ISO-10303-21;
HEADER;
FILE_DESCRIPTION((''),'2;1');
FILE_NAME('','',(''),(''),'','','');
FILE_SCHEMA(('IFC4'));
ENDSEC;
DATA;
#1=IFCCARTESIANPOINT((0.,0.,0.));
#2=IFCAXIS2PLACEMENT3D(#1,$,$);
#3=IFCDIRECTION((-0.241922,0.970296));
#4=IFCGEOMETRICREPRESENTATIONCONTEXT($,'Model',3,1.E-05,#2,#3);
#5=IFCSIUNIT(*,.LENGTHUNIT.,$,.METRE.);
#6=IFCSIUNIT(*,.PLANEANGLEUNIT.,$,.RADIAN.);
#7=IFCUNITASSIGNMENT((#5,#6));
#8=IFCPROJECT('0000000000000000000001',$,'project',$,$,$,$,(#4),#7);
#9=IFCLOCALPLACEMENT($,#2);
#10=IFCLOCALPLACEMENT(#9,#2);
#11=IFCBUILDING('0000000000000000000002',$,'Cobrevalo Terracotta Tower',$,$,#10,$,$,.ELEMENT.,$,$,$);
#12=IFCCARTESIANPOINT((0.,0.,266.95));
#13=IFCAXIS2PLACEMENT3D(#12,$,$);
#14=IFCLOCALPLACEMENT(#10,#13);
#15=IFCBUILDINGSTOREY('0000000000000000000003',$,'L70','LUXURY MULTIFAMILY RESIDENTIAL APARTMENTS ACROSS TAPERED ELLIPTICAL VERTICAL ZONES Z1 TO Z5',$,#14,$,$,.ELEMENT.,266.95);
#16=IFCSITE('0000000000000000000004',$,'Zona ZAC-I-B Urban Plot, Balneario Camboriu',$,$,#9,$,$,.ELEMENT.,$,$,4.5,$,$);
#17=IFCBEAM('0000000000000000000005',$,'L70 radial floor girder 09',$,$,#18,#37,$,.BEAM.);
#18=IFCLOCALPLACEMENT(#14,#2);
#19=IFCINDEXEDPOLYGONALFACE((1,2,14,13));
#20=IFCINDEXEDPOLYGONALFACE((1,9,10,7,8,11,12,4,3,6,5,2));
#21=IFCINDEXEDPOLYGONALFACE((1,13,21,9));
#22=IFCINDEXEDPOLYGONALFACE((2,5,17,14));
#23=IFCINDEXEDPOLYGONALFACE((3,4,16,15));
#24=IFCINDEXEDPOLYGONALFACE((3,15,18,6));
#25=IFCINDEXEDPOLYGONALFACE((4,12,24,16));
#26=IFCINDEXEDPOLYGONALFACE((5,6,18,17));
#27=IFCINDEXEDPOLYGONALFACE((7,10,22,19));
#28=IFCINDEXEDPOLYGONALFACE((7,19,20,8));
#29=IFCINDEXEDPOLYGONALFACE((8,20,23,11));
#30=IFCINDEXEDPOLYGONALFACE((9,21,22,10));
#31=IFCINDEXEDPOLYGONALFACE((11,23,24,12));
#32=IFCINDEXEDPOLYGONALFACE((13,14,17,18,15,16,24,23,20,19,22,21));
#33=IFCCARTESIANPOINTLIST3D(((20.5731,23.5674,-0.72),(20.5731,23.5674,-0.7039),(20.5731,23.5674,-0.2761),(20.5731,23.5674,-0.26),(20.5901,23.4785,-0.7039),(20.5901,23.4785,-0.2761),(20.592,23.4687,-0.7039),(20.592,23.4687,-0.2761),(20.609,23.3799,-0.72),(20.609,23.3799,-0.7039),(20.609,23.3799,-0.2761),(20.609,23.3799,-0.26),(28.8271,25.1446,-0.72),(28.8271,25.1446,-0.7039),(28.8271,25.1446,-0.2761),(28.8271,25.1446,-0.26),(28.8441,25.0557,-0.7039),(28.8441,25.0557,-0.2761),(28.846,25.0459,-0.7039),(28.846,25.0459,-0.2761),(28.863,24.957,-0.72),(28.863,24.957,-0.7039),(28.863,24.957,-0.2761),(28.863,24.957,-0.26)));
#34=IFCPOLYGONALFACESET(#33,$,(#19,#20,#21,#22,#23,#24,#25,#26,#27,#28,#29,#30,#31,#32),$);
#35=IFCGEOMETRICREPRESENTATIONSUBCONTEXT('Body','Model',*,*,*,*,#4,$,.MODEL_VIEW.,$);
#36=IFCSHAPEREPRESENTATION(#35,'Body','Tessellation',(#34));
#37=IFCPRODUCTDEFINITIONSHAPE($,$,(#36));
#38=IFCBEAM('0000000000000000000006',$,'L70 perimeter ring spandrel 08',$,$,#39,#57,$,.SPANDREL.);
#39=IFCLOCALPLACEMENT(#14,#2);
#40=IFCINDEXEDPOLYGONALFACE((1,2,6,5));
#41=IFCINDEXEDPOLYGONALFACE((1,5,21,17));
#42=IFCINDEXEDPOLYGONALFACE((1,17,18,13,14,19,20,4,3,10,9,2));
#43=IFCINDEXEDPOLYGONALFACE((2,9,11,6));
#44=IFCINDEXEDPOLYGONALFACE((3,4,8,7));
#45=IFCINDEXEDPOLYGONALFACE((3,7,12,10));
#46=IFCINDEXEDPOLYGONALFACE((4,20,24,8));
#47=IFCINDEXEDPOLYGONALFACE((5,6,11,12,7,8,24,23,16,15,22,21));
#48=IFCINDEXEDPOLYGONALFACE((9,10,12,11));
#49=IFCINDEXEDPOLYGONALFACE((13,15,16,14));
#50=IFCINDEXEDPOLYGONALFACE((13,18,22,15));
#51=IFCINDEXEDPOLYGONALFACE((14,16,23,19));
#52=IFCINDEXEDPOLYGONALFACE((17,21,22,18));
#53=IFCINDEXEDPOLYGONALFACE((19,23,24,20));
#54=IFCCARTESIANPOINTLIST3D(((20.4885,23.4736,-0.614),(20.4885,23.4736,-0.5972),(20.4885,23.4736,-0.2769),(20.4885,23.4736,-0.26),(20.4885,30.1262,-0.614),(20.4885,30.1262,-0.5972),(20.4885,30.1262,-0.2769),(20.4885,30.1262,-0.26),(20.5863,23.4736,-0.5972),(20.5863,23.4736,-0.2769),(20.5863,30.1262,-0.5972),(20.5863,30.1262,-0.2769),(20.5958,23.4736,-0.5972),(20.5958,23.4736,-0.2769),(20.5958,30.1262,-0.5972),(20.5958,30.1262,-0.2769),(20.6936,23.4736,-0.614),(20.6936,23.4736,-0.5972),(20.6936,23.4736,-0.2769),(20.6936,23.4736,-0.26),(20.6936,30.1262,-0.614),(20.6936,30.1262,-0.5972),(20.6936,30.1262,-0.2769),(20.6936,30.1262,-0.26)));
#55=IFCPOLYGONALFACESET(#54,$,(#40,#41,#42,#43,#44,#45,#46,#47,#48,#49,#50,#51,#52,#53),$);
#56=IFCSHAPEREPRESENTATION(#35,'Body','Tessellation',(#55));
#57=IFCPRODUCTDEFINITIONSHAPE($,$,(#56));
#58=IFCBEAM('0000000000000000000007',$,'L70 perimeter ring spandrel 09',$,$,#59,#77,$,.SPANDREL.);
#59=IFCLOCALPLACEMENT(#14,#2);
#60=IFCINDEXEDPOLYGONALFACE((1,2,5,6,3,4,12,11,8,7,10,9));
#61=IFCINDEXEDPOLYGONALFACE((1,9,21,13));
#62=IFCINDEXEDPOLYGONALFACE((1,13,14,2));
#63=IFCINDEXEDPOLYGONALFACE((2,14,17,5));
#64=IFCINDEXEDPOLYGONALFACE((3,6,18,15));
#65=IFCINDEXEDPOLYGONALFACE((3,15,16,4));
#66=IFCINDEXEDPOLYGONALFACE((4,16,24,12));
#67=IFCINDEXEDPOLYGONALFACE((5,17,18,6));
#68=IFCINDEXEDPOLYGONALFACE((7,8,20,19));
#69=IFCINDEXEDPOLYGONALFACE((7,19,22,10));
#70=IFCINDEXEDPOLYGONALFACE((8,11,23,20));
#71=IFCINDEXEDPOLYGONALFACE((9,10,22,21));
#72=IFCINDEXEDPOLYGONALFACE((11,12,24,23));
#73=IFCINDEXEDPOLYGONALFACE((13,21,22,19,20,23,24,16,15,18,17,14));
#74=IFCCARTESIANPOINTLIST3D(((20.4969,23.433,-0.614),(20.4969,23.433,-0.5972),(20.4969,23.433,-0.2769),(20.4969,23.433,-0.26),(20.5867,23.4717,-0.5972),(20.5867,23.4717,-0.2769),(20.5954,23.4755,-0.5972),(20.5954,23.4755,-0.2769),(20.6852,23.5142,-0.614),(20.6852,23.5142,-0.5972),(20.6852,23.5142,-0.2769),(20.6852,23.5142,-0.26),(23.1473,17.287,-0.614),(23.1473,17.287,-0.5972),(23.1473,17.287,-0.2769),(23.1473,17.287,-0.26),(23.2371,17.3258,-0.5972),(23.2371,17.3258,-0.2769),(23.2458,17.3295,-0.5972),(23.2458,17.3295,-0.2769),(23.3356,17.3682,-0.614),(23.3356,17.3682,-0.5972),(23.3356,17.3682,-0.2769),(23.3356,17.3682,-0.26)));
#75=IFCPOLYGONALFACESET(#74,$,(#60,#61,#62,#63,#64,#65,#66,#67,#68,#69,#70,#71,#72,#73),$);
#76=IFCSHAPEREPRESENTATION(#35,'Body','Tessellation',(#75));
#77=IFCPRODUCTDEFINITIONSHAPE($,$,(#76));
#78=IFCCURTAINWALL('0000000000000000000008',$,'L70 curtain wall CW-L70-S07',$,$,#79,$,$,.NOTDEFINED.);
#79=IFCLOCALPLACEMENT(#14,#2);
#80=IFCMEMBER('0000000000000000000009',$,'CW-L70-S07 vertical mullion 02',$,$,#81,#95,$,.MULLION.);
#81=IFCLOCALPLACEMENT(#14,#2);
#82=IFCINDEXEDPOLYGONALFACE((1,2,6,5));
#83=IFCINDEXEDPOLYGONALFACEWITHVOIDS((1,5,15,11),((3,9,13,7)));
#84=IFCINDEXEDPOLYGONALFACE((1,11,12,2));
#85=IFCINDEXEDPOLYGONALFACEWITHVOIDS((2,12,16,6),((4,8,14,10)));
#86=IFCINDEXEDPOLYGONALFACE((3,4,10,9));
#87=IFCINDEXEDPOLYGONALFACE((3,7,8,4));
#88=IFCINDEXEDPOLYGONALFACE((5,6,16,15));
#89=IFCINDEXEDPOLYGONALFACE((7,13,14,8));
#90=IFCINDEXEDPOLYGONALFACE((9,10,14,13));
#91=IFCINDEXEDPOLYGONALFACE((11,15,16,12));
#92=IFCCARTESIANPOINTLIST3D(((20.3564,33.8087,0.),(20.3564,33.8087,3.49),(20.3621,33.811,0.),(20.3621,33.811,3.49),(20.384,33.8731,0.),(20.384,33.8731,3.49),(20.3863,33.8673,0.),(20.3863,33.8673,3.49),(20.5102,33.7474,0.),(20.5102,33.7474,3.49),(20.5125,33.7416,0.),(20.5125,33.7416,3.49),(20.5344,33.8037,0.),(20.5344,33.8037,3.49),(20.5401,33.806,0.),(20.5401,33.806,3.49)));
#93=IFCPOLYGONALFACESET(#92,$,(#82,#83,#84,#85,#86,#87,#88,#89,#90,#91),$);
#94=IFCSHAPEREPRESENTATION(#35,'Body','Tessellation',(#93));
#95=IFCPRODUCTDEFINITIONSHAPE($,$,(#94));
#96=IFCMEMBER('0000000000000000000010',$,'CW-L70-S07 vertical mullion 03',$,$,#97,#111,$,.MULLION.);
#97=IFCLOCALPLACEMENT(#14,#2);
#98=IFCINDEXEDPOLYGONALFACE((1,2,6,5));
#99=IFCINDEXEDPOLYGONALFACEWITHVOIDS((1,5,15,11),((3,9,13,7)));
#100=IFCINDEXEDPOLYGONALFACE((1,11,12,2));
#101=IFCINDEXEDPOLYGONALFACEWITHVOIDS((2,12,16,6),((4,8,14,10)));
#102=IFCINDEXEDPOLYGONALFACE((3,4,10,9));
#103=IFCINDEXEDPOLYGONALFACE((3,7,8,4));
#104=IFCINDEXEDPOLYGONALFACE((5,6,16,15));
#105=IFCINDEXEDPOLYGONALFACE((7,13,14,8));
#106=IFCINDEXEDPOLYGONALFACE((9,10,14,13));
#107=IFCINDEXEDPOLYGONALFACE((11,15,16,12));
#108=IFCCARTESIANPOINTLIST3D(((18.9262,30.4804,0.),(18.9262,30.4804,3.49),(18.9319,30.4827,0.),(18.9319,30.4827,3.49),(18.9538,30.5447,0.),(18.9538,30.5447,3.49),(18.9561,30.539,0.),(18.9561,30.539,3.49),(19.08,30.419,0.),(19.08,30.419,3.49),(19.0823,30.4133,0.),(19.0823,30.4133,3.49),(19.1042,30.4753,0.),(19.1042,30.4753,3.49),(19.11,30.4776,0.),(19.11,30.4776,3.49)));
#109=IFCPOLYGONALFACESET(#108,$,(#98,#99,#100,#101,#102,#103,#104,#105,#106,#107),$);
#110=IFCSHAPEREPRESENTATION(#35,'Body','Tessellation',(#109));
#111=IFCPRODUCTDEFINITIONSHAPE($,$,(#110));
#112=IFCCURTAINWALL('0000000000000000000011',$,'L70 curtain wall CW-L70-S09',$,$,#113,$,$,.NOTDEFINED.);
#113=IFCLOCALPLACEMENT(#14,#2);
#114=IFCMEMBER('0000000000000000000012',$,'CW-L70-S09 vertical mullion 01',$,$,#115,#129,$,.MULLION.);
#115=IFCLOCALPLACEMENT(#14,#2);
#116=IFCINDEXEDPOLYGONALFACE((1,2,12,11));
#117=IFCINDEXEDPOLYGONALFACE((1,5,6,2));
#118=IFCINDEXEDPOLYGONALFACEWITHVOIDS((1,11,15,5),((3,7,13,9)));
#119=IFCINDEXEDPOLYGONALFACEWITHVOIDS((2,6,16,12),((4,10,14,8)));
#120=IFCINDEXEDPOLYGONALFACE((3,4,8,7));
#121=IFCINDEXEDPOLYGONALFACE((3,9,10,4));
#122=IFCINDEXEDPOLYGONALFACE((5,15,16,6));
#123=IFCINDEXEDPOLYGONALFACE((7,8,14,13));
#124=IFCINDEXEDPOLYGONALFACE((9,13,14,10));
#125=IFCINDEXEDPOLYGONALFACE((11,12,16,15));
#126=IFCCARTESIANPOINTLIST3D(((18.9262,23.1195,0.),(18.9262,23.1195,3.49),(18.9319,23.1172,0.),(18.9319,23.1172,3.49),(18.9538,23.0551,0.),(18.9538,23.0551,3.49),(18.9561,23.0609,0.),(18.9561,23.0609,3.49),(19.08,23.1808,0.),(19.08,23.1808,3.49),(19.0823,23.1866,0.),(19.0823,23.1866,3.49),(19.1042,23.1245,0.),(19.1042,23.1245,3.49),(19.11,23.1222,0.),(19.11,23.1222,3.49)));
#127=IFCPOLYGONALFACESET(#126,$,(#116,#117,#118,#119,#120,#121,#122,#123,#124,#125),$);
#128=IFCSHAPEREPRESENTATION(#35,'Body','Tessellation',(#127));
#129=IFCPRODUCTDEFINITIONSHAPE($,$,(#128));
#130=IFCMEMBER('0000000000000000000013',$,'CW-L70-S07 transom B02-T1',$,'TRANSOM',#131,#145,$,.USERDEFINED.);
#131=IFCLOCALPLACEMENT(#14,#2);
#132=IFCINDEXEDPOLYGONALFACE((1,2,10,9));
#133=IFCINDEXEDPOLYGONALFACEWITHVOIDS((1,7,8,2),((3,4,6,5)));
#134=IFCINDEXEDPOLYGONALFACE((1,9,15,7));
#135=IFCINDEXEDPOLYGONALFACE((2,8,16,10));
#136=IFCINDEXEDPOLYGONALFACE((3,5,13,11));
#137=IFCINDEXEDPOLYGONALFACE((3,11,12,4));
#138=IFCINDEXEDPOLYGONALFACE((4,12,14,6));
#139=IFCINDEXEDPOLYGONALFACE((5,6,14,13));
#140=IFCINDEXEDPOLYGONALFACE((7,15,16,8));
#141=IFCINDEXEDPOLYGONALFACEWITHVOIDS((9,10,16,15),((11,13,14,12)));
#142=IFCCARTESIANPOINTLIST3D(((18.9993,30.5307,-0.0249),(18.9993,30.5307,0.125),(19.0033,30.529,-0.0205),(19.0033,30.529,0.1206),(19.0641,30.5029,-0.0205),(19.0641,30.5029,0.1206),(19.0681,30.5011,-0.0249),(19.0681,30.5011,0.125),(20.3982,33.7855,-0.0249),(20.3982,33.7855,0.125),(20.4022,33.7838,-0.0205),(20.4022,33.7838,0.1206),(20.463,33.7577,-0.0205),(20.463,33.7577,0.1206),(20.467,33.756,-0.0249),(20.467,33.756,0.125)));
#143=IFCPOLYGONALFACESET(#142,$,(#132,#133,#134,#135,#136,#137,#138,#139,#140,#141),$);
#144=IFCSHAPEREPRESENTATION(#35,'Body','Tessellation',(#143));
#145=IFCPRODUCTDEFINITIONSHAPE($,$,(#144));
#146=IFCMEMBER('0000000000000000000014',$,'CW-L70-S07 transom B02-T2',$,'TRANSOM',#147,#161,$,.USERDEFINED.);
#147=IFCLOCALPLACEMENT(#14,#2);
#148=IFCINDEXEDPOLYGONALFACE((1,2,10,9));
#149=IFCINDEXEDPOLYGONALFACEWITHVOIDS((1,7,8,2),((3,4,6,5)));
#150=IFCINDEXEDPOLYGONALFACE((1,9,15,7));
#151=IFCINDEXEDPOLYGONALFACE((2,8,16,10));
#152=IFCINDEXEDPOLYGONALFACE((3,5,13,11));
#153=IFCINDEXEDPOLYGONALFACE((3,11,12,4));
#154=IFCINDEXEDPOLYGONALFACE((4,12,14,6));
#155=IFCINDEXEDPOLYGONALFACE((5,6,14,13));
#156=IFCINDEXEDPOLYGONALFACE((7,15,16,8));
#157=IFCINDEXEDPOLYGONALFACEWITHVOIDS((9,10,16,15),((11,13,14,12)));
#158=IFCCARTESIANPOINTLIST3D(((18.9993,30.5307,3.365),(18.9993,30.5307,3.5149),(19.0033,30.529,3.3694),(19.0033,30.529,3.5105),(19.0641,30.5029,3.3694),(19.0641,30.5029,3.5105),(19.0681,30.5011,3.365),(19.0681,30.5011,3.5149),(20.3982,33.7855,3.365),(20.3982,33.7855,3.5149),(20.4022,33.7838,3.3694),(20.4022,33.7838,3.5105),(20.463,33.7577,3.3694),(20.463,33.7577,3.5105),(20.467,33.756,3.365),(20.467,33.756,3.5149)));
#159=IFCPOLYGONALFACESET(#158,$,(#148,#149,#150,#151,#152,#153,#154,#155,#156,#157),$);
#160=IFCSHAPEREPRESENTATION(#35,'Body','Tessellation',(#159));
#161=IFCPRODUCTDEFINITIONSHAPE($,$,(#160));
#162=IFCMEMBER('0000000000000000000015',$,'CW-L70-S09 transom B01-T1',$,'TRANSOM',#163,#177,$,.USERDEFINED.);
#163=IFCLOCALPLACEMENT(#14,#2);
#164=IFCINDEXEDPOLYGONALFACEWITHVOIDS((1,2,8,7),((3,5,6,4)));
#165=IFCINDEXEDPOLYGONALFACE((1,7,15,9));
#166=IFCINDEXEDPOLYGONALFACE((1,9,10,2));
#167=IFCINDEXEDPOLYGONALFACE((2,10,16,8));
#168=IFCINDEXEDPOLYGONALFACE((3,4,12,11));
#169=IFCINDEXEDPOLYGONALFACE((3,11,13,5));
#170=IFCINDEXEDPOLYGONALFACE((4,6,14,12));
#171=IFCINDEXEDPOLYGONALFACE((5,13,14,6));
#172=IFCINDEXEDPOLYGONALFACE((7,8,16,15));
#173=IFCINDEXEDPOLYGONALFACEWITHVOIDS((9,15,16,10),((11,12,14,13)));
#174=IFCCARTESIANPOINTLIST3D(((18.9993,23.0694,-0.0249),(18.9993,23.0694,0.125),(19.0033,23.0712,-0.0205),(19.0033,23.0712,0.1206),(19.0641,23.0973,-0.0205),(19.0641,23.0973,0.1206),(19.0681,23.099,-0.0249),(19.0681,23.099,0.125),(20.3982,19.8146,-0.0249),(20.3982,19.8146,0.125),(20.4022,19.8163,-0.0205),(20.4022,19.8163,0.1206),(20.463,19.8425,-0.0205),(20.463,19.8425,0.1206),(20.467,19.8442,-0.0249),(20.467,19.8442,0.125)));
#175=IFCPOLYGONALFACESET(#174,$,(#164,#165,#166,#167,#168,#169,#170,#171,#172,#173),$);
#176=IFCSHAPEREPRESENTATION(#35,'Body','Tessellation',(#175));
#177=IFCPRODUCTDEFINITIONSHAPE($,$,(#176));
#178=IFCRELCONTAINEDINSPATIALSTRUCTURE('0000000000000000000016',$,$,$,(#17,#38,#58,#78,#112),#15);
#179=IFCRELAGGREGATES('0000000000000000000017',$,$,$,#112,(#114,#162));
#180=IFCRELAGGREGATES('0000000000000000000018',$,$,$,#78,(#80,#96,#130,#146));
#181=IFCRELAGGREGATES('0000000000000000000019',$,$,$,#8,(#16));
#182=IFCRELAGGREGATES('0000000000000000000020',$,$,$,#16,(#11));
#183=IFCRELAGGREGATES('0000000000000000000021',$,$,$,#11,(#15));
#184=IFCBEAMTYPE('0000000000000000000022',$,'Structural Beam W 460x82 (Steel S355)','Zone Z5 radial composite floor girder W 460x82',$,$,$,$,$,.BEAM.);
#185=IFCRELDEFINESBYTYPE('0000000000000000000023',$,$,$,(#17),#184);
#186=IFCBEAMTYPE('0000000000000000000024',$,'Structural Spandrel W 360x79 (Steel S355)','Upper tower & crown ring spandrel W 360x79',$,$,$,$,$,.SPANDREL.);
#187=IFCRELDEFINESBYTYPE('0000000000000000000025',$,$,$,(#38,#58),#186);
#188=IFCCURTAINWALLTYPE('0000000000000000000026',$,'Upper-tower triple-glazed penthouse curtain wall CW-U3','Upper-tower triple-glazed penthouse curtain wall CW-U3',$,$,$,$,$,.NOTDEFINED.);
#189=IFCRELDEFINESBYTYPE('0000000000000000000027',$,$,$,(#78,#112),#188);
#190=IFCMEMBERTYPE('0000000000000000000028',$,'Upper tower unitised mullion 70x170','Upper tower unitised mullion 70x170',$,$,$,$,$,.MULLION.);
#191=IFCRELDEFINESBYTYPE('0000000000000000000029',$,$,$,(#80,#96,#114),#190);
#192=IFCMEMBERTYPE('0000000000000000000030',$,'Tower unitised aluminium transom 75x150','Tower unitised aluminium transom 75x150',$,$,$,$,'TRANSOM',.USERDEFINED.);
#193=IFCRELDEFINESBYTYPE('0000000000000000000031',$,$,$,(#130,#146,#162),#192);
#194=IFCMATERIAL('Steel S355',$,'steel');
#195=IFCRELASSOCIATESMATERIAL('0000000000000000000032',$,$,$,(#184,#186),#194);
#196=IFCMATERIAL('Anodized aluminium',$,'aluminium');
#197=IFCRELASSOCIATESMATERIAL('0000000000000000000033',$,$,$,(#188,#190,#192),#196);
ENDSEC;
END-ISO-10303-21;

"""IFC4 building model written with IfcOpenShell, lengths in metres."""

from ifc_helpers import new_model, si_unit, direction, frame, origin, origin_2d, place, context, subcontext, project, spatial, hollow_rectangle, i_section, extrude, source, transform, mapped, material, material_profile, profile_set, type_object, element, aggregate, save


model = new_model("IFC4")

# Units and contexts
model_context = context("Model", 3, precision=1e-05, world=origin(), true_north=direction((-0.241922, 0.970296)))
body_context = subcontext(model_context, "Body", "Model", "MODEL_VIEW")
ifc_project = project(units=[si_unit("LENGTHUNIT", "METRE"), si_unit("PLANEANGLEUNIT", "RADIAN")], contexts=[model_context])

# Site, building, storey
site_placement = place(None, origin())
site = spatial("IfcSite", under=ifc_project, at=site_placement, Name="Zona ZAC-I-B Urban Plot, Balneario Camboriu", CompositionType="ELEMENT", RefElevation=4.5)
building_placement = place(site_placement, origin())
building = spatial("IfcBuilding", under=site, at=building_placement, Name="Cobrevalo Terracotta Tower", CompositionType="ELEMENT")
storey_placement = place(building_placement, frame((0.0, 0.0, 266.95)))
storey = spatial("IfcBuildingStorey", under=building, at=storey_placement, Name="L70", Description="LUXURY MULTIFAMILY RESIDENTIAL APARTMENTS ACROSS TAPERED ELLIPTICAL VERTICAL ZONES Z1 TO Z5", CompositionType="ELEMENT", Elevation=266.95)

# Shared definitions
ifc_material_1 = material(Name="Steel S355", Category="steel")

# Beams
ifc_material_profile_1 = material_profile(ifc_material_1, i_section(OverallWidth=0.1909, OverallDepth=0.46, WebThickness=0.01, FlangeThickness=0.0161, at=origin_2d()), Name="W 460x82")
ifc_profile_set_1 = profile_set([ifc_material_profile_1], Name="Steel S355")
beam_type_1 = type_object("IfcBeamType", Name="Structural Beam W 460x82 (Steel S355)", Description="Zone Z5 radial composite floor girder W 460x82", PredefinedType="BEAM", material=ifc_profile_set_1)
beam_1_placement = place(storey_placement, frame((20.5911, 23.4736, -0.49), z_axis=(0.98223, 0.187683, 0.0), x_axis=(-0.187683, 0.98223, 0.0)))
element("IfcBeam", 1, at=beam_1_placement, inside=storey, type_object=beam_type_1, Name="L70 radial floor girder 09", PredefinedType="BEAM", context=body_context, shape_type="SweptSolid", body=[
    extrude(i_section(OverallWidth=0.1909, OverallDepth=0.46, WebThickness=0.01, FlangeThickness=0.0161, at=origin_2d()), origin(), (0.0, 0.0, 1.0), 8.4033),
])
ifc_material_profile_2 = material_profile(ifc_material_1, i_section(OverallWidth=0.2051, OverallDepth=0.354, WebThickness=0.0095, FlangeThickness=0.0168, at=origin_2d()), Name="W 360x79")
ifc_profile_set_2 = profile_set([ifc_material_profile_2], Name="Steel S355")
beam_type_2 = type_object("IfcBeamType", Name="Structural Spandrel W 360x79 (Steel S355)", Description="Upper tower & crown ring spandrel W 360x79", PredefinedType="SPANDREL", material=ifc_profile_set_2)
beam_2_placement = place(storey_placement, frame((20.5911, 30.1262, -0.437), z_axis=(0.0, -1.0, 0.0), x_axis=(1.0, 0.0, 0.0)))
element("IfcBeam", 2, at=beam_2_placement, inside=storey, type_object=beam_type_2, Name="L70 perimeter ring spandrel 08", PredefinedType="SPANDREL", context=body_context, shape_type="SweptSolid", body=[
    extrude(i_section(OverallWidth=0.2051, OverallDepth=0.354, WebThickness=0.0095, FlangeThickness=0.0168, at=origin_2d()), origin(), (0.0, 0.0, 1.0), 6.6526),
])
beam_3_placement = place(storey_placement, frame((20.5911, 23.4736, -0.437), z_axis=(0.395987, -0.918256, 0.0), x_axis=(0.918256, 0.395987, 0.0)))
element("IfcBeam", 3, at=beam_3_placement, inside=storey, type_object=beam_type_2, Name="L70 perimeter ring spandrel 09", PredefinedType="SPANDREL", context=body_context, shape_type="SweptSolid", body=[
    extrude(i_section(OverallWidth=0.2051, OverallDepth=0.354, WebThickness=0.0095, FlangeThickness=0.0168, at=origin_2d()), origin(), (0.0, 0.0, 1.0), 6.6931),
])

# Curtain wall, members
ifc_material_2 = material(Name="Anodized aluminium", Category="aluminium")
curtain_wall_type = type_object("IfcCurtainWallType", Name="Upper-tower triple-glazed penthouse curtain wall CW-U3", Description="Upper-tower triple-glazed penthouse curtain wall CW-U3", PredefinedType="NOTDEFINED", material=ifc_material_2)
curtain_wall_1_placement = place(storey_placement, origin())
curtain_wall_1 = element("IfcCurtainWall", 4, at=curtain_wall_1_placement, inside=storey, type_object=curtain_wall_type, Name="L70 curtain wall CW-L70-S07", PredefinedType="NOTDEFINED")
ifc_material_profile_3 = material_profile(ifc_material_2, hollow_rectangle(XDim=0.0701, YDim=0.1699, WallThickness=0.0044, at=origin_2d()), Name="CWM 70x170")
ifc_profile_set_3 = profile_set([ifc_material_profile_3], Name="Anodized aluminium")
member_type_1 = type_object("IfcMemberType", Name="Upper tower unitised mullion 70x170", Description="Upper tower unitised mullion 70x170", PredefinedType="MULLION", material=ifc_profile_set_3)
shared_shape_1 = source(origin(), body_context, "Body", "SweptSolid", [
    extrude(hollow_rectangle(XDim=0.0701, YDim=0.1699, WallThickness=0.0044, at=origin_2d()), origin(), (0.0, 0.0, 1.0), 3.49),
])
member_1_placement = place(storey_placement, frame((20.4482, 33.8074, 0.0), z_axis=(0.0, 0.0, 1.0), x_axis=(-0.394824, -0.918757, 0.0)))
member_1 = element("IfcMember", 5, at=member_1_placement, type_object=member_type_1, Name="CW-L70-S07 vertical mullion 02", PredefinedType="MULLION", context=body_context, shape_type="MappedRepresentation", body=[
    mapped(shared_shape_1, transform((0.0, 0.0, 0.0), scale=1.0)),
])
member_2_placement = place(storey_placement, frame((19.0181, 30.479, 0.0), z_axis=(0.0, 0.0, 1.0), x_axis=(-0.394824, -0.918757, 0.0)))
member_2 = element("IfcMember", 6, at=member_2_placement, type_object=member_type_1, Name="CW-L70-S07 vertical mullion 03", PredefinedType="MULLION", context=body_context, shape_type="MappedRepresentation", body=[
    mapped(shared_shape_1, transform((0.0, 0.0, 0.0), scale=1.0)),
])

# Curtain wall, member
curtain_wall_2_placement = place(storey_placement, origin())
curtain_wall_2 = element("IfcCurtainWall", 7, at=curtain_wall_2_placement, inside=storey, type_object=curtain_wall_type, Name="L70 curtain wall CW-L70-S09", PredefinedType="NOTDEFINED")
member_3_placement = place(storey_placement, frame((19.0181, 23.1208, 0.0), z_axis=(0.0, 0.0, 1.0), x_axis=(0.394824, -0.918757, 0.0)))
member_3 = element("IfcMember", 8, at=member_3_placement, type_object=member_type_1, Name="CW-L70-S09 vertical mullion 01", PredefinedType="MULLION", context=body_context, shape_type="MappedRepresentation", body=[
    mapped(shared_shape_1, transform((0.0, 0.0, 0.0), scale=1.0)),
])

# Members
ifc_material_profile_4 = material_profile(ifc_material_2, hollow_rectangle(XDim=0.075, YDim=0.1499, WallThickness=0.0044, at=origin_2d()), Name="CWT 75x150")
ifc_profile_set_4 = profile_set([ifc_material_profile_4], Name="Anodized aluminium")
member_type_2 = type_object("IfcMemberType", Name="Tower unitised aluminium transom 75x150", Description="Tower unitised aluminium transom 75x150", ElementType="TRANSOM", PredefinedType="USERDEFINED", material=ifc_profile_set_4)
shared_shape_2 = source(origin(), body_context, "Body", "SweptSolid", [
    extrude(hollow_rectangle(XDim=0.075, YDim=0.1499, WallThickness=0.0044, at=origin_2d()), origin(), (0.0, 0.0, 1.0), 3.5427),
])
member_4_placement = place(storey_placement, frame((20.4326, 33.7708, 0.05), z_axis=(-0.394867, -0.918738, 0.0), x_axis=(0.918738, -0.394867, 0.0)))
member_4 = element("IfcMember", 9, at=member_4_placement, type_object=member_type_2, Name="CW-L70-S07 transom B02-T1", ObjectType="TRANSOM", PredefinedType="USERDEFINED", context=body_context, shape_type="MappedRepresentation", body=[
    mapped(shared_shape_2, transform((0.0, 0.0, 0.0), scale=1.0)),
])
member_5_placement = place(storey_placement, frame((20.4326, 33.7708, 3.4399), z_axis=(-0.394867, -0.918738, 0.0), x_axis=(0.918738, -0.394867, 0.0)))
member_5 = element("IfcMember", 10, at=member_5_placement, type_object=member_type_2, Name="CW-L70-S07 transom B02-T2", ObjectType="TRANSOM", PredefinedType="USERDEFINED", context=body_context, shape_type="MappedRepresentation", body=[
    mapped(shared_shape_2, transform((0.0, 0.0, 0.0), scale=1.0)),
])
member_6_placement = place(storey_placement, frame((19.0337, 23.0842, 0.05), z_axis=(0.394867, -0.918738, 0.0), x_axis=(0.918738, 0.394867, 0.0)))
member_6 = element("IfcMember", 11, at=member_6_placement, type_object=member_type_2, Name="CW-L70-S09 transom B01-T1", ObjectType="TRANSOM", PredefinedType="USERDEFINED", context=body_context, shape_type="MappedRepresentation", body=[
    mapped(shared_shape_2, transform((0.0, 0.0, 0.0), scale=1.0)),
])
aggregate(curtain_wall_2, [member_3, member_6])

aggregate(curtain_wall_1, [member_1, member_2, member_4, member_5])

save(model, "model.ifc")
